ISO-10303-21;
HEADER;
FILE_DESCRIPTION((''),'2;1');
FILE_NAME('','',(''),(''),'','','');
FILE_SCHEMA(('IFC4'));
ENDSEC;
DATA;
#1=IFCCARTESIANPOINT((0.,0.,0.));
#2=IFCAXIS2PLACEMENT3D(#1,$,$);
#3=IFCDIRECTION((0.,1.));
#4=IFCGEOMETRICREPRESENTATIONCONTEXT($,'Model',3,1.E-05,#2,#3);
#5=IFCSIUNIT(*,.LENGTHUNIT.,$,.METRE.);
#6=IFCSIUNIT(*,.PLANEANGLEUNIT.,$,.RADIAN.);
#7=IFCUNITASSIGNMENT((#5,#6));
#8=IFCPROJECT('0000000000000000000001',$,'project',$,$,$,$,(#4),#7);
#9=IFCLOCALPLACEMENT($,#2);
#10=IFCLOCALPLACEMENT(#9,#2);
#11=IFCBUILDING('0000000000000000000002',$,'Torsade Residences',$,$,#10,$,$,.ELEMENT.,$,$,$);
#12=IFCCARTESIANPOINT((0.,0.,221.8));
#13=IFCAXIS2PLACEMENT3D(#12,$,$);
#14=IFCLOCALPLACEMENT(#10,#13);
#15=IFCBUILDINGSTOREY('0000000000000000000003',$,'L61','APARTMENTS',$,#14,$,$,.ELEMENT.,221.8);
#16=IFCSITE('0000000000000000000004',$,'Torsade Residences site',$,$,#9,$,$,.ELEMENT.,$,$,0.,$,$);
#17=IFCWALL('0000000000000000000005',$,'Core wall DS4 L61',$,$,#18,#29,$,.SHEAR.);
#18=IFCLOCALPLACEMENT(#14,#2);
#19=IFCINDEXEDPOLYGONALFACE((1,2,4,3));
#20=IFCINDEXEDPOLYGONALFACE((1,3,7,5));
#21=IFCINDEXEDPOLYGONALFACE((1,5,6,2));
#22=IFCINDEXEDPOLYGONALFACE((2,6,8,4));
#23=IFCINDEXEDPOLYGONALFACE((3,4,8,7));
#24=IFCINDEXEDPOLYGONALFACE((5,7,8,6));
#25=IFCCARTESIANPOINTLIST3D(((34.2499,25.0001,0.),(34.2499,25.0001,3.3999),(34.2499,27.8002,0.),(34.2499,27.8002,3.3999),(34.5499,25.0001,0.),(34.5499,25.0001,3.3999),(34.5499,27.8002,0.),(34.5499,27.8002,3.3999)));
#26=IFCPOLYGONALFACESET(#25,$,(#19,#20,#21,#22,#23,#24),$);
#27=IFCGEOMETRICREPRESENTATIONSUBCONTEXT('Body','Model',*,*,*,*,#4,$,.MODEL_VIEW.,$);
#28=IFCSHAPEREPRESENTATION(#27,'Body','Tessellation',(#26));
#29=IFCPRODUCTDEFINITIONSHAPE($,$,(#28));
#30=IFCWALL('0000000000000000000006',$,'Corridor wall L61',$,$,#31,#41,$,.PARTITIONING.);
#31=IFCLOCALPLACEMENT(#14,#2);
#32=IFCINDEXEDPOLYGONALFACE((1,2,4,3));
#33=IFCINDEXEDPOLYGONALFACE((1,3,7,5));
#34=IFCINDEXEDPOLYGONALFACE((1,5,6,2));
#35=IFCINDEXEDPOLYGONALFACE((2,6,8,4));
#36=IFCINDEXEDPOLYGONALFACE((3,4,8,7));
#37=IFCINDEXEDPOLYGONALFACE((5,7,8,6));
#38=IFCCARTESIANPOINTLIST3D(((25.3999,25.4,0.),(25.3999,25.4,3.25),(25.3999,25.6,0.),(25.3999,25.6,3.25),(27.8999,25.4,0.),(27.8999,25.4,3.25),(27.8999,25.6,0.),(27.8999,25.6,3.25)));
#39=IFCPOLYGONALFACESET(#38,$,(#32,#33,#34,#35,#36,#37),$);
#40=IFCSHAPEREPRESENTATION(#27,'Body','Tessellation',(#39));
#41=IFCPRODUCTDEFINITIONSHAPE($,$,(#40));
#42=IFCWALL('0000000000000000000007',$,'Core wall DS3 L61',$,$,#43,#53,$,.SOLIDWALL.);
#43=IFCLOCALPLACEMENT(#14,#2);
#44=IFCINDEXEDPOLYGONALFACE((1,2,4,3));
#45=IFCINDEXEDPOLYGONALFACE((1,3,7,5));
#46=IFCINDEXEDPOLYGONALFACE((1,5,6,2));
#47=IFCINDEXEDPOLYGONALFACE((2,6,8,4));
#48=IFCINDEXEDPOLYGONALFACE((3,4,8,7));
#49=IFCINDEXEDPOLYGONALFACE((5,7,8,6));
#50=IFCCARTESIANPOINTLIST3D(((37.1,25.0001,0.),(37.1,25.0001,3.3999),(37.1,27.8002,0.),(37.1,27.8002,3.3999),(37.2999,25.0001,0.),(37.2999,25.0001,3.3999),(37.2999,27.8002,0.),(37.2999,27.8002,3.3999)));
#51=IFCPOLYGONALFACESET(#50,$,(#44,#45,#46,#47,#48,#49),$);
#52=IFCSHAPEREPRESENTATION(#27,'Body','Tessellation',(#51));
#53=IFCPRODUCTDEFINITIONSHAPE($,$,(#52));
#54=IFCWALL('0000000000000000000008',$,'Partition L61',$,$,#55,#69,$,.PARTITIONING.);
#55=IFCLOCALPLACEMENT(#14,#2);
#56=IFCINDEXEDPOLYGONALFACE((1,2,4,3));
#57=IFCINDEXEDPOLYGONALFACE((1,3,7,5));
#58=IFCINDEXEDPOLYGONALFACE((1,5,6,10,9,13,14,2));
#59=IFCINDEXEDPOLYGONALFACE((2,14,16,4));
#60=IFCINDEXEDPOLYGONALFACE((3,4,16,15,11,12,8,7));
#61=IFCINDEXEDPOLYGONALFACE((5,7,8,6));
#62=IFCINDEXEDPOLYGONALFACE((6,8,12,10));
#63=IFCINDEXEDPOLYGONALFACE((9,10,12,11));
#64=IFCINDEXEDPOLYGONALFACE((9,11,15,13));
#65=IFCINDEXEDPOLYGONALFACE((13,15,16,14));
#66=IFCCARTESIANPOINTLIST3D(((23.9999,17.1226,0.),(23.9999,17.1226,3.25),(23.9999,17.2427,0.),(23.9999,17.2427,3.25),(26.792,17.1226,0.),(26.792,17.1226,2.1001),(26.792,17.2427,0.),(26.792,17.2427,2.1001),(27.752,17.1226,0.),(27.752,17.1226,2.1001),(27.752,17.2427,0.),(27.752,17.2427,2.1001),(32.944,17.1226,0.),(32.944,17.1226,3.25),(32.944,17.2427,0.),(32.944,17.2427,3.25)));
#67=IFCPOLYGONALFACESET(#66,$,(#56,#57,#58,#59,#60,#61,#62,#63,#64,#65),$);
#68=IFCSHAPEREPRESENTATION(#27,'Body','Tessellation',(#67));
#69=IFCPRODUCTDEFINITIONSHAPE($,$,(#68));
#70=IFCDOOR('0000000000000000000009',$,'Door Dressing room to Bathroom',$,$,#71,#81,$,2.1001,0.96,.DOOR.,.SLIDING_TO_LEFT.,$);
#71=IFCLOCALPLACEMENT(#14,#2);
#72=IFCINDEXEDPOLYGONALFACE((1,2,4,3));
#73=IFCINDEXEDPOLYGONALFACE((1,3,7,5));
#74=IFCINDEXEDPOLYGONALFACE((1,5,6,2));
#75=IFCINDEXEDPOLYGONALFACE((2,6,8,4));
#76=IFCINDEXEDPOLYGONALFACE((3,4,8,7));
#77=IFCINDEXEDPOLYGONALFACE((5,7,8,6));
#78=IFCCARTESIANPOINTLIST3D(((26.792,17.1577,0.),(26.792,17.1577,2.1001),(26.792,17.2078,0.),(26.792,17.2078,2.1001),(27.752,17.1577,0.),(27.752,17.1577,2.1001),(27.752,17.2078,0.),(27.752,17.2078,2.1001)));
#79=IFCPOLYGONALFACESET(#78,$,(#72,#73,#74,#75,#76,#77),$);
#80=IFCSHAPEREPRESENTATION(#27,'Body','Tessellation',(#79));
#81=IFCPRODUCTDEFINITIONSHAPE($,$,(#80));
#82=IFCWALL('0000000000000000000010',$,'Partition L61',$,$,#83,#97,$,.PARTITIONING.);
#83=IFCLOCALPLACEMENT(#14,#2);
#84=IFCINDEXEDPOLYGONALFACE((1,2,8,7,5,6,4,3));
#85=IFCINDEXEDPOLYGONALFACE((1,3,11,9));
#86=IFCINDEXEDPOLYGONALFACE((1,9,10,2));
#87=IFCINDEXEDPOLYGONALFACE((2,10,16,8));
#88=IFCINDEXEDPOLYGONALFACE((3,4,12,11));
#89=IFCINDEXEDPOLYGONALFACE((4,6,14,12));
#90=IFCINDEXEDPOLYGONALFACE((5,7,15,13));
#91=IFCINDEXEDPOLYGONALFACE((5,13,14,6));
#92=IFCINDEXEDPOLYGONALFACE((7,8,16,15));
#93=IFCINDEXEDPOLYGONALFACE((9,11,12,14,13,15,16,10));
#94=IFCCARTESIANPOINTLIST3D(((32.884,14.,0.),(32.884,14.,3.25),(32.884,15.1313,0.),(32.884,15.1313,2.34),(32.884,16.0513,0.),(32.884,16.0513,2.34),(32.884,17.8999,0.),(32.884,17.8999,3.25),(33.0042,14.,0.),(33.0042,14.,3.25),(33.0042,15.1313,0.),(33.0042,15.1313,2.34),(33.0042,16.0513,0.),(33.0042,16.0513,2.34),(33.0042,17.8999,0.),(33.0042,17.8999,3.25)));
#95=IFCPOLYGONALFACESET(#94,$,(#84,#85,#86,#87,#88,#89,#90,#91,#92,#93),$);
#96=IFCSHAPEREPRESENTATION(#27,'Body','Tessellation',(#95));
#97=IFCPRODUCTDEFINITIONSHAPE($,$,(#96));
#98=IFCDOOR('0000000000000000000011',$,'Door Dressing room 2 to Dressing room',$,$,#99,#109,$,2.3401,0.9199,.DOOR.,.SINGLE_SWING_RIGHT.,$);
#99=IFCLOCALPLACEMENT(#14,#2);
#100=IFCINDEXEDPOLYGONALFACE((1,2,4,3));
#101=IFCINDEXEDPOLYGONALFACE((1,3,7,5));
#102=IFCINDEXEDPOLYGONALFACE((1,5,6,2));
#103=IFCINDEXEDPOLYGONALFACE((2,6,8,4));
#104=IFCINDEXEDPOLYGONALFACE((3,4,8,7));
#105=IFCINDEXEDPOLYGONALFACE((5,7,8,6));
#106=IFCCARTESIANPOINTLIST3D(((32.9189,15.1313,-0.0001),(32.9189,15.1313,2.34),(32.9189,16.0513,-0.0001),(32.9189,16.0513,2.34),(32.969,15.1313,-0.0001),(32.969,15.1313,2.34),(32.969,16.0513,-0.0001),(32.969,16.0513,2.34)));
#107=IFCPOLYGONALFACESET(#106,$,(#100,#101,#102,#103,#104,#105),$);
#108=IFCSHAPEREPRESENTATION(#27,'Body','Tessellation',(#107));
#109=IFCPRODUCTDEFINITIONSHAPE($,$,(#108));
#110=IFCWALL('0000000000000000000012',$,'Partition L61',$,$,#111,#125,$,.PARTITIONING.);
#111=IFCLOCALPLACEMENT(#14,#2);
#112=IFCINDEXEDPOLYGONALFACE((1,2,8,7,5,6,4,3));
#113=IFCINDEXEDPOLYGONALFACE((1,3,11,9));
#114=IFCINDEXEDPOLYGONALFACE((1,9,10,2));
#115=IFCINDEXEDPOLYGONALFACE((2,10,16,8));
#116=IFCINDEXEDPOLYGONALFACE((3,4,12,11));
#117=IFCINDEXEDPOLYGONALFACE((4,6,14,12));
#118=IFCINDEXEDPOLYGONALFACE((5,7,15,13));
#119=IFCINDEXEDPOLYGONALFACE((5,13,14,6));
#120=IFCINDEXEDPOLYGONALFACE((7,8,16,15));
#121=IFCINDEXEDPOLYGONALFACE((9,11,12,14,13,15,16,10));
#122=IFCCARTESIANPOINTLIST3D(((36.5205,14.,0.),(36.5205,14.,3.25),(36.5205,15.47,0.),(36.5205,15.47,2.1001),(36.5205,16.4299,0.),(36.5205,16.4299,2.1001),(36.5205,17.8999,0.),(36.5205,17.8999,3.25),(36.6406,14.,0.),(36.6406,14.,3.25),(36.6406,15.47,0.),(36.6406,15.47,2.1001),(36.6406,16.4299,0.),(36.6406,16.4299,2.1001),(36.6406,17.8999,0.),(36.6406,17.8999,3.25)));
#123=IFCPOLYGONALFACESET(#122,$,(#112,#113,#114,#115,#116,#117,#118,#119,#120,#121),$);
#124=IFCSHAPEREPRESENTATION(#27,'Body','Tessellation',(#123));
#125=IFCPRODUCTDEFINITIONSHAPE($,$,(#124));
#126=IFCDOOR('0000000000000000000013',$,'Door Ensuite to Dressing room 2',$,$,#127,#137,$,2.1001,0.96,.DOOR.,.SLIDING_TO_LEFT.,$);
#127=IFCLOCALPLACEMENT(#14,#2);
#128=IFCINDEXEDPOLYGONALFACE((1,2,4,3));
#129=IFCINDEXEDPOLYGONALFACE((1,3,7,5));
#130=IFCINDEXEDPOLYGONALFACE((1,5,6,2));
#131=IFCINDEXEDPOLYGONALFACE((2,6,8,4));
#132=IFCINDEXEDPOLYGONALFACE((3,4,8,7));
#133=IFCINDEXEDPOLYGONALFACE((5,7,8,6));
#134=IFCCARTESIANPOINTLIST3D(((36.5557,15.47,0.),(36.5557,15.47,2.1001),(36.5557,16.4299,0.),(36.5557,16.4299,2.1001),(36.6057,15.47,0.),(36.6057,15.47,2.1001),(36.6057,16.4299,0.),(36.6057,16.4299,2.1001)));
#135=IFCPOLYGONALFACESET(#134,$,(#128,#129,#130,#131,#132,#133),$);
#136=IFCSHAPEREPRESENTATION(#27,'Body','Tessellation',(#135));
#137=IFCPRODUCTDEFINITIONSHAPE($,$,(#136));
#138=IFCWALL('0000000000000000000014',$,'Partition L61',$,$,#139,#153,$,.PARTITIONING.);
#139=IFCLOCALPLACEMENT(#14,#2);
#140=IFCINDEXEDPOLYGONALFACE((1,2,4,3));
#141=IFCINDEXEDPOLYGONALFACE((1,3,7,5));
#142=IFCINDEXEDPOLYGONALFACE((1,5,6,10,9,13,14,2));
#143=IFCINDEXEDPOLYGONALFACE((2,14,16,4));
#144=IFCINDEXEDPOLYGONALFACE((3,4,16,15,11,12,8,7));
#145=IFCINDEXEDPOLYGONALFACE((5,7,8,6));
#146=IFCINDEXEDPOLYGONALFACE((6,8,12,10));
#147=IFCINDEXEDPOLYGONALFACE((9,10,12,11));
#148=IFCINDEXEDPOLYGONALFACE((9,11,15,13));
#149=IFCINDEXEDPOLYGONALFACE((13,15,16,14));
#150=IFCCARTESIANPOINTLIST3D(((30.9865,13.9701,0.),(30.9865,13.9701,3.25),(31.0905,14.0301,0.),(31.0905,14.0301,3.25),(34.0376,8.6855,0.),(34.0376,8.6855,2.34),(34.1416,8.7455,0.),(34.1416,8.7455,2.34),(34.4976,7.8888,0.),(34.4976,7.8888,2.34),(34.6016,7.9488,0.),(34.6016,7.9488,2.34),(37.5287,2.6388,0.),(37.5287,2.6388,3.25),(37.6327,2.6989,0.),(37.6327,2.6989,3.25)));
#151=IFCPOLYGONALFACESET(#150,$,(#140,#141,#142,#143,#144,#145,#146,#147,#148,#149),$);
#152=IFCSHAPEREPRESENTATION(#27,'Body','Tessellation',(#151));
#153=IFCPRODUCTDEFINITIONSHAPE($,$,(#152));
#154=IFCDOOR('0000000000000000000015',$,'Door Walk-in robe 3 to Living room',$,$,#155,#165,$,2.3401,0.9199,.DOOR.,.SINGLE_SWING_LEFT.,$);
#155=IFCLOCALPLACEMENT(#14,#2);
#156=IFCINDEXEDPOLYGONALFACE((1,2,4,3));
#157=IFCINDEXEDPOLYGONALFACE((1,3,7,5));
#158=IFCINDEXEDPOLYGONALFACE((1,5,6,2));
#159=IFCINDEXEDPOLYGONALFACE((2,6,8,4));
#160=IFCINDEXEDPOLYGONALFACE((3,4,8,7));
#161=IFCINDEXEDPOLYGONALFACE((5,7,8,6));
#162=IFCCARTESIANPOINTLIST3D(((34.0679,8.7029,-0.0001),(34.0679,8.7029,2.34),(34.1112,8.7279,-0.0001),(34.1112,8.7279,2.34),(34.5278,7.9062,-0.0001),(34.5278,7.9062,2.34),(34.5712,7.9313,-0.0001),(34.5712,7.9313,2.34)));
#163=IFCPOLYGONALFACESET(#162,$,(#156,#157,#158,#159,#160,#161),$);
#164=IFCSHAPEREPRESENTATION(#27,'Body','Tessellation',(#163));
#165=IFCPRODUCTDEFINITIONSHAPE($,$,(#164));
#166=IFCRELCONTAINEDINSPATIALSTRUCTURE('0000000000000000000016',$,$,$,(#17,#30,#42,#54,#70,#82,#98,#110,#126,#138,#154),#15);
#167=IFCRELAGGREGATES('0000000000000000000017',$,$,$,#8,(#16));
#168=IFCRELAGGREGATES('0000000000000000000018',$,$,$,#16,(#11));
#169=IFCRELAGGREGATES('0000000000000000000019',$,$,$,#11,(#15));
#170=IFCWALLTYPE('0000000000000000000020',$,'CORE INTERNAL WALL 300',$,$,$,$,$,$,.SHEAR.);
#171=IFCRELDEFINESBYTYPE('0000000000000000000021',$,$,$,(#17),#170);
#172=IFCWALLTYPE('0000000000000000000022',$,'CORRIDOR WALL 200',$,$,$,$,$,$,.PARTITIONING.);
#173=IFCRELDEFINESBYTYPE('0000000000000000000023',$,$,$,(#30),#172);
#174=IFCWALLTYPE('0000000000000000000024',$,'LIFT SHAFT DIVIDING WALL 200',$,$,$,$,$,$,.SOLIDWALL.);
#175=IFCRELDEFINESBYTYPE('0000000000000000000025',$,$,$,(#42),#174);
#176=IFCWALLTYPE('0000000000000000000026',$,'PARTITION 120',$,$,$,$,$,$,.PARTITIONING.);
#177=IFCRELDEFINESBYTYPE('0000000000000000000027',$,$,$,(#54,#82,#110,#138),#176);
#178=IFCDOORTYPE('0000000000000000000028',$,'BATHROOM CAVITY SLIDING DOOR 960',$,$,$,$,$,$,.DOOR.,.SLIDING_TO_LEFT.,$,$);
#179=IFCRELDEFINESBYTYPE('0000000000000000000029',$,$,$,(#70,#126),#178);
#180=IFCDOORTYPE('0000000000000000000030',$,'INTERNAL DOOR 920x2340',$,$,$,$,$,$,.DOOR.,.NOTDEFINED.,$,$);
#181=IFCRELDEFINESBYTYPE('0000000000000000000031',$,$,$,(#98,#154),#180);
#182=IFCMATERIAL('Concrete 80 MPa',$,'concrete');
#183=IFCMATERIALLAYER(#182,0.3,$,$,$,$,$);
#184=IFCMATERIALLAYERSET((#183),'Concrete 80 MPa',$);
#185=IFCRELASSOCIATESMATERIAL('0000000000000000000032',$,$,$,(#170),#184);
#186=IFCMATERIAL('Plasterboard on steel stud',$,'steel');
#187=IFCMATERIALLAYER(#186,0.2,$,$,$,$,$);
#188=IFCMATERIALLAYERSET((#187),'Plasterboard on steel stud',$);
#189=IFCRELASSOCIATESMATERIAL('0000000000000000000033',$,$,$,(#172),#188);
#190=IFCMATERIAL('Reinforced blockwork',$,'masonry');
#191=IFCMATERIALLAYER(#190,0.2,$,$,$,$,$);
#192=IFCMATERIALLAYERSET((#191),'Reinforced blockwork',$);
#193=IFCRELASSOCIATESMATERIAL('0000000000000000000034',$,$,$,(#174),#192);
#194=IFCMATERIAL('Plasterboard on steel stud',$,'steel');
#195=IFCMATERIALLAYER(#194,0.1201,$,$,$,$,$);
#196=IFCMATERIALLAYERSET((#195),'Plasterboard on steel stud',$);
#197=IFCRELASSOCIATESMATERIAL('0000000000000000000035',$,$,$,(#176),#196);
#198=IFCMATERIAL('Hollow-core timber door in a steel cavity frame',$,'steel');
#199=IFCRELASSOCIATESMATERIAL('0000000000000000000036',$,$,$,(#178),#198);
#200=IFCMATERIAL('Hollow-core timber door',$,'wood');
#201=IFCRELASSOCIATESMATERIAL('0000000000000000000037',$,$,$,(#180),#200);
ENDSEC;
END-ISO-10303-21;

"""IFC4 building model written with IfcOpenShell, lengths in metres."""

from ifc_helpers import new_model, si_unit, direction, frame, frame_2d, origin, place, context, subcontext, project, spatial, rectangle, extrude, material, layer, layer_set, type_object, element, fill, save


model = new_model("IFC4")

# Units and contexts
model_context = context("Model", 3, precision=1e-05, world=origin(), true_north=direction((0.0, 1.0)))
body_context = subcontext(model_context, "Body", "Model", "MODEL_VIEW")
ifc_project = project(units=[si_unit("LENGTHUNIT", "METRE"), si_unit("PLANEANGLEUNIT", "RADIAN")], contexts=[model_context])

# Site, building, storey
site_placement = place(None, origin())
site = spatial("IfcSite", under=ifc_project, at=site_placement, Name="Torsade Residences site", CompositionType="ELEMENT", RefElevation=0.0)
building_placement = place(site_placement, origin())
building = spatial("IfcBuilding", under=site, at=building_placement, Name="Torsade Residences", CompositionType="ELEMENT")
storey_placement = place(building_placement, frame((0.0, 0.0, 221.8)))
storey = spatial("IfcBuildingStorey", under=building, at=storey_placement, Name="L61", Description="APARTMENTS", CompositionType="ELEMENT", Elevation=221.8)

# Walls
ifc_material_1 = material(Name="Concrete 80 MPa", Category="concrete")
ifc_layer_1 = layer(ifc_material_1, 0.3)
ifc_layer_set_1 = layer_set([ifc_layer_1], Name="Concrete 80 MPa")
wall_type_1 = type_object("IfcWallType", Name="CORE INTERNAL WALL 300", PredefinedType="SHEAR", material=ifc_layer_set_1)
wall_1_placement = place(storey_placement, frame((34.3999, 27.8, 0.0), z_axis=(0.0, 0.0, 1.0), x_axis=(0.0, -1.0, 0.0)))
element("IfcWall", 1, at=wall_1_placement, inside=storey, type_object=wall_type_1, Name="Core wall DS4 L61", PredefinedType="SHEAR", context=body_context, shape_type="SweptSolid", body=[
    extrude(rectangle(XDim=2.8, YDim=0.3, at=frame_2d((1.3999, 0.0))), origin(), (0.0, 0.0, 1.0), 3.3999),
])
ifc_material_2 = material(Name="Plasterboard on steel stud", Category="steel")
ifc_layer_2 = layer(ifc_material_2, 0.2)
ifc_layer_set_2 = layer_set([ifc_layer_2], Name="Plasterboard on steel stud")
wall_type_2 = type_object("IfcWallType", Name="CORRIDOR WALL 200", PredefinedType="PARTITIONING", material=ifc_layer_set_2)
wall_2_placement = place(storey_placement, frame((27.8999, 25.5, 0.0), z_axis=(0.0, 0.0, 1.0), x_axis=(-1.0, 0.0, 0.0)))
element("IfcWall", 2, at=wall_2_placement, inside=storey, type_object=wall_type_2, Name="Corridor wall L61", PredefinedType="PARTITIONING", context=body_context, shape_type="SweptSolid", body=[
    extrude(rectangle(XDim=2.5, YDim=0.2, at=frame_2d((1.25, 0.0))), origin(), (0.0, 0.0, 1.0), 3.25),
])
ifc_material_3 = material(Name="Reinforced blockwork", Category="masonry")
ifc_layer_3 = layer(ifc_material_3, 0.2)
ifc_layer_set_3 = layer_set([ifc_layer_3], Name="Reinforced blockwork")
wall_type_3 = type_object("IfcWallType", Name="LIFT SHAFT DIVIDING WALL 200", PredefinedType="SOLIDWALL", material=ifc_layer_set_3)
wall_3_placement = place(storey_placement, frame((37.2, 27.8, 0.0), z_axis=(0.0, 0.0, 1.0), x_axis=(0.0, -1.0, 0.0)))
element("IfcWall", 3, at=wall_3_placement, inside=storey, type_object=wall_type_3, Name="Core wall DS3 L61", PredefinedType="SOLIDWALL", context=body_context, shape_type="SweptSolid", body=[
    extrude(rectangle(XDim=2.8, YDim=0.2, at=frame_2d((1.3999, 0.0))), origin(), (0.0, 0.0, 1.0), 3.3999),
])

# Walls, openings, doors
ifc_material_4 = material(Name="Plasterboard on steel stud", Category="steel")
ifc_layer_4 = layer(ifc_material_4, 0.1201)
ifc_layer_set_4 = layer_set([ifc_layer_4], Name="Plasterboard on steel stud")
wall_type_4 = type_object("IfcWallType", Name="PARTITION 120", PredefinedType="PARTITIONING", material=ifc_layer_set_4)
wall_4_placement = place(storey_placement, frame((32.9441, 17.1826, 0.0), z_axis=(0.0, 0.0, 1.0), x_axis=(-1.0, 0.0, 0.0)))
wall_4 = element("IfcWall", 4, at=wall_4_placement, inside=storey, type_object=wall_type_4, Name="Partition L61", PredefinedType="PARTITIONING", context=body_context, shape_type="SweptSolid", body=[
    extrude(rectangle(XDim=8.9441, YDim=0.1201, at=frame_2d((4.4722, 0.0))), origin(), (0.0, 0.0, 1.0), 3.25),
])
opening_1_placement = place(wall_4_placement, frame((5.1921, 0.0, 0.0)))
opening_1 = element("IfcOpeningElement", 5, at=opening_1_placement, cuts=wall_4, PredefinedType="OPENING", context=body_context, shape_type="SweptSolid", body=[
    extrude(rectangle(XDim=0.96, YDim=2.1001, at=frame_2d((0.48, 1.05))), frame((0.0, 0.0701, 0.0), z_axis=(0.0, -1.0, 0.0), x_axis=(1.0, 0.0, 0.0)), (0.0, 0.0, 1.0), 0.1401),
])
ifc_material_5 = material(Name="Hollow-core timber door in a steel cavity frame", Category="steel")
door_type_1 = type_object("IfcDoorType", Name="BATHROOM CAVITY SLIDING DOOR 960", OperationType="SLIDING_TO_LEFT", PredefinedType="DOOR", material=ifc_material_5)
door_1_placement = place(opening_1_placement, origin())
door_1 = element("IfcDoor", 6, at=door_1_placement, inside=storey, type_object=door_type_1, Name="Door Dressing room to Bathroom", OperationType="SLIDING_TO_LEFT", OverallHeight=2.1001, OverallWidth=0.96, PredefinedType="DOOR", context=body_context, shape_type="SweptSolid", body=[
    extrude(rectangle(XDim=0.96, YDim=2.1001, at=frame_2d((0.48, 1.05))), frame((0.0, 0.0249, 0.0), z_axis=(0.0, -1.0, 0.0), x_axis=(1.0, 0.0, 0.0)), (0.0, 0.0, 1.0), 0.05),
])
fill(opening_1, door_1)
wall_5_placement = place(storey_placement, frame((32.9441, 17.8999, 0.0), z_axis=(0.0, 0.0, 1.0), x_axis=(0.0, -1.0, 0.0)))
wall_5 = element("IfcWall", 7, at=wall_5_placement, inside=storey, type_object=wall_type_4, Name="Partition L61", PredefinedType="PARTITIONING", context=body_context, shape_type="SweptSolid", body=[
    extrude(rectangle(XDim=3.8999, YDim=0.1201, at=frame_2d((1.95, 0.0))), origin(), (0.0, 0.0, 1.0), 3.25),
])
opening_2_placement = place(wall_5_placement, frame((1.8486, 0.0, 0.0)))
opening_2 = element("IfcOpeningElement", 8, at=opening_2_placement, cuts=wall_5, PredefinedType="OPENING", context=body_context, shape_type="SweptSolid", body=[
    extrude(rectangle(XDim=0.9199, YDim=2.3401, at=frame_2d((0.46, 1.1699))), frame((0.0, 0.0701, 0.0), z_axis=(0.0, -1.0, 0.0), x_axis=(1.0, 0.0, 0.0)), (0.0, 0.0, 1.0), 0.1401),
])
ifc_material_6 = material(Name="Hollow-core timber door", Category="wood")
door_type_2 = type_object("IfcDoorType", Name="INTERNAL DOOR 920x2340", OperationType="NOTDEFINED", PredefinedType="DOOR", material=ifc_material_6)
door_2_placement = place(opening_2_placement, origin())
door_2 = element("IfcDoor", 9, at=door_2_placement, inside=storey, type_object=door_type_2, Name="Door Dressing room 2 to Dressing room", OperationType="SINGLE_SWING_RIGHT", OverallHeight=2.3401, OverallWidth=0.9199, PredefinedType="DOOR", context=body_context, shape_type="SweptSolid", body=[
    extrude(rectangle(XDim=0.9199, YDim=2.3401, at=frame_2d((0.46, 1.1699))), frame((0.0, 0.0249, 0.0), z_axis=(0.0, -1.0, 0.0), x_axis=(1.0, 0.0, 0.0)), (0.0, 0.0, 1.0), 0.05),
])
fill(opening_2, door_2)
wall_6_placement = place(storey_placement, frame((36.5806, 14.0, 0.0), z_axis=(0.0, 0.0, 1.0), x_axis=(0.0, 1.0, 0.0)))
wall_6 = element("IfcWall", 10, at=wall_6_placement, inside=storey, type_object=wall_type_4, Name="Partition L61", PredefinedType="PARTITIONING", context=body_context, shape_type="SweptSolid", body=[
    extrude(rectangle(XDim=3.8999, YDim=0.1201, at=frame_2d((1.95, 0.0))), origin(), (0.0, 0.0, 1.0), 3.25),
])
opening_3_placement = place(wall_6_placement, frame((1.47, 0.0, 0.0)))
opening_3 = element("IfcOpeningElement", 11, at=opening_3_placement, cuts=wall_6, PredefinedType="OPENING", context=body_context, shape_type="SweptSolid", body=[
    extrude(rectangle(XDim=0.96, YDim=2.1001, at=frame_2d((0.48, 1.05))), frame((0.0, 0.0701, 0.0), z_axis=(0.0, -1.0, 0.0), x_axis=(1.0, 0.0, 0.0)), (0.0, 0.0, 1.0), 0.1401),
])
door_3_placement = place(opening_3_placement, origin())
door_3 = element("IfcDoor", 12, at=door_3_placement, inside=storey, type_object=door_type_1, Name="Door Ensuite to Dressing room 2", OperationType="SLIDING_TO_LEFT", OverallHeight=2.1001, OverallWidth=0.96, PredefinedType="DOOR", context=body_context, shape_type="SweptSolid", body=[
    extrude(rectangle(XDim=0.96, YDim=2.1001, at=frame_2d((0.48, 1.05))), frame((0.0, 0.0249, 0.0), z_axis=(0.0, -1.0, 0.0), x_axis=(1.0, 0.0, 0.0)), (0.0, 0.0, 1.0), 0.05),
])
fill(opening_3, door_3)
wall_7_placement = place(storey_placement, frame((31.0386, 14.0, 0.0), z_axis=(0.0, 0.0, 1.0), x_axis=(0.500006, -0.866022, 0.0)))
wall_7 = element("IfcWall", 13, at=wall_7_placement, inside=storey, type_object=wall_type_4, Name="Partition L61", PredefinedType="PARTITIONING", context=body_context, shape_type="SweptSolid", body=[
    extrude(rectangle(XDim=13.0842, YDim=0.1201, at=frame_2d((6.542, 0.0))), origin(), (0.0, 0.0, 1.0), 3.25),
])
opening_4_placement = place(wall_7_placement, frame((6.1021, 0.0, 0.0)))
opening_4 = element("IfcOpeningElement", 14, at=opening_4_placement, cuts=wall_7, PredefinedType="OPENING", context=body_context, shape_type="SweptSolid", body=[
    extrude(rectangle(XDim=0.9199, YDim=2.3401, at=frame_2d((0.46, 1.1699))), frame((0.0, 0.0701, 0.0), z_axis=(0.0, -1.0, 0.0), x_axis=(1.0, 0.0, 0.0)), (0.0, 0.0, 1.0), 0.1401),
])
door_4_placement = place(opening_4_placement, origin())
door_4 = element("IfcDoor", 15, at=door_4_placement, inside=storey, type_object=door_type_2, Name="Door Walk-in robe 3 to Living room", OperationType="SINGLE_SWING_LEFT", OverallHeight=2.3401, OverallWidth=0.9199, PredefinedType="DOOR", context=body_context, shape_type="SweptSolid", body=[
    extrude(rectangle(XDim=0.9199, YDim=2.3401, at=frame_2d((0.46, 1.1699))), frame((0.0, 0.0249, 0.0), z_axis=(0.0, -1.0, 0.0), x_axis=(1.0, 0.0, 0.0)), (0.0, 0.0, 1.0), 0.05),
])
fill(opening_4, door_4)

save(model, "model.ifc")
